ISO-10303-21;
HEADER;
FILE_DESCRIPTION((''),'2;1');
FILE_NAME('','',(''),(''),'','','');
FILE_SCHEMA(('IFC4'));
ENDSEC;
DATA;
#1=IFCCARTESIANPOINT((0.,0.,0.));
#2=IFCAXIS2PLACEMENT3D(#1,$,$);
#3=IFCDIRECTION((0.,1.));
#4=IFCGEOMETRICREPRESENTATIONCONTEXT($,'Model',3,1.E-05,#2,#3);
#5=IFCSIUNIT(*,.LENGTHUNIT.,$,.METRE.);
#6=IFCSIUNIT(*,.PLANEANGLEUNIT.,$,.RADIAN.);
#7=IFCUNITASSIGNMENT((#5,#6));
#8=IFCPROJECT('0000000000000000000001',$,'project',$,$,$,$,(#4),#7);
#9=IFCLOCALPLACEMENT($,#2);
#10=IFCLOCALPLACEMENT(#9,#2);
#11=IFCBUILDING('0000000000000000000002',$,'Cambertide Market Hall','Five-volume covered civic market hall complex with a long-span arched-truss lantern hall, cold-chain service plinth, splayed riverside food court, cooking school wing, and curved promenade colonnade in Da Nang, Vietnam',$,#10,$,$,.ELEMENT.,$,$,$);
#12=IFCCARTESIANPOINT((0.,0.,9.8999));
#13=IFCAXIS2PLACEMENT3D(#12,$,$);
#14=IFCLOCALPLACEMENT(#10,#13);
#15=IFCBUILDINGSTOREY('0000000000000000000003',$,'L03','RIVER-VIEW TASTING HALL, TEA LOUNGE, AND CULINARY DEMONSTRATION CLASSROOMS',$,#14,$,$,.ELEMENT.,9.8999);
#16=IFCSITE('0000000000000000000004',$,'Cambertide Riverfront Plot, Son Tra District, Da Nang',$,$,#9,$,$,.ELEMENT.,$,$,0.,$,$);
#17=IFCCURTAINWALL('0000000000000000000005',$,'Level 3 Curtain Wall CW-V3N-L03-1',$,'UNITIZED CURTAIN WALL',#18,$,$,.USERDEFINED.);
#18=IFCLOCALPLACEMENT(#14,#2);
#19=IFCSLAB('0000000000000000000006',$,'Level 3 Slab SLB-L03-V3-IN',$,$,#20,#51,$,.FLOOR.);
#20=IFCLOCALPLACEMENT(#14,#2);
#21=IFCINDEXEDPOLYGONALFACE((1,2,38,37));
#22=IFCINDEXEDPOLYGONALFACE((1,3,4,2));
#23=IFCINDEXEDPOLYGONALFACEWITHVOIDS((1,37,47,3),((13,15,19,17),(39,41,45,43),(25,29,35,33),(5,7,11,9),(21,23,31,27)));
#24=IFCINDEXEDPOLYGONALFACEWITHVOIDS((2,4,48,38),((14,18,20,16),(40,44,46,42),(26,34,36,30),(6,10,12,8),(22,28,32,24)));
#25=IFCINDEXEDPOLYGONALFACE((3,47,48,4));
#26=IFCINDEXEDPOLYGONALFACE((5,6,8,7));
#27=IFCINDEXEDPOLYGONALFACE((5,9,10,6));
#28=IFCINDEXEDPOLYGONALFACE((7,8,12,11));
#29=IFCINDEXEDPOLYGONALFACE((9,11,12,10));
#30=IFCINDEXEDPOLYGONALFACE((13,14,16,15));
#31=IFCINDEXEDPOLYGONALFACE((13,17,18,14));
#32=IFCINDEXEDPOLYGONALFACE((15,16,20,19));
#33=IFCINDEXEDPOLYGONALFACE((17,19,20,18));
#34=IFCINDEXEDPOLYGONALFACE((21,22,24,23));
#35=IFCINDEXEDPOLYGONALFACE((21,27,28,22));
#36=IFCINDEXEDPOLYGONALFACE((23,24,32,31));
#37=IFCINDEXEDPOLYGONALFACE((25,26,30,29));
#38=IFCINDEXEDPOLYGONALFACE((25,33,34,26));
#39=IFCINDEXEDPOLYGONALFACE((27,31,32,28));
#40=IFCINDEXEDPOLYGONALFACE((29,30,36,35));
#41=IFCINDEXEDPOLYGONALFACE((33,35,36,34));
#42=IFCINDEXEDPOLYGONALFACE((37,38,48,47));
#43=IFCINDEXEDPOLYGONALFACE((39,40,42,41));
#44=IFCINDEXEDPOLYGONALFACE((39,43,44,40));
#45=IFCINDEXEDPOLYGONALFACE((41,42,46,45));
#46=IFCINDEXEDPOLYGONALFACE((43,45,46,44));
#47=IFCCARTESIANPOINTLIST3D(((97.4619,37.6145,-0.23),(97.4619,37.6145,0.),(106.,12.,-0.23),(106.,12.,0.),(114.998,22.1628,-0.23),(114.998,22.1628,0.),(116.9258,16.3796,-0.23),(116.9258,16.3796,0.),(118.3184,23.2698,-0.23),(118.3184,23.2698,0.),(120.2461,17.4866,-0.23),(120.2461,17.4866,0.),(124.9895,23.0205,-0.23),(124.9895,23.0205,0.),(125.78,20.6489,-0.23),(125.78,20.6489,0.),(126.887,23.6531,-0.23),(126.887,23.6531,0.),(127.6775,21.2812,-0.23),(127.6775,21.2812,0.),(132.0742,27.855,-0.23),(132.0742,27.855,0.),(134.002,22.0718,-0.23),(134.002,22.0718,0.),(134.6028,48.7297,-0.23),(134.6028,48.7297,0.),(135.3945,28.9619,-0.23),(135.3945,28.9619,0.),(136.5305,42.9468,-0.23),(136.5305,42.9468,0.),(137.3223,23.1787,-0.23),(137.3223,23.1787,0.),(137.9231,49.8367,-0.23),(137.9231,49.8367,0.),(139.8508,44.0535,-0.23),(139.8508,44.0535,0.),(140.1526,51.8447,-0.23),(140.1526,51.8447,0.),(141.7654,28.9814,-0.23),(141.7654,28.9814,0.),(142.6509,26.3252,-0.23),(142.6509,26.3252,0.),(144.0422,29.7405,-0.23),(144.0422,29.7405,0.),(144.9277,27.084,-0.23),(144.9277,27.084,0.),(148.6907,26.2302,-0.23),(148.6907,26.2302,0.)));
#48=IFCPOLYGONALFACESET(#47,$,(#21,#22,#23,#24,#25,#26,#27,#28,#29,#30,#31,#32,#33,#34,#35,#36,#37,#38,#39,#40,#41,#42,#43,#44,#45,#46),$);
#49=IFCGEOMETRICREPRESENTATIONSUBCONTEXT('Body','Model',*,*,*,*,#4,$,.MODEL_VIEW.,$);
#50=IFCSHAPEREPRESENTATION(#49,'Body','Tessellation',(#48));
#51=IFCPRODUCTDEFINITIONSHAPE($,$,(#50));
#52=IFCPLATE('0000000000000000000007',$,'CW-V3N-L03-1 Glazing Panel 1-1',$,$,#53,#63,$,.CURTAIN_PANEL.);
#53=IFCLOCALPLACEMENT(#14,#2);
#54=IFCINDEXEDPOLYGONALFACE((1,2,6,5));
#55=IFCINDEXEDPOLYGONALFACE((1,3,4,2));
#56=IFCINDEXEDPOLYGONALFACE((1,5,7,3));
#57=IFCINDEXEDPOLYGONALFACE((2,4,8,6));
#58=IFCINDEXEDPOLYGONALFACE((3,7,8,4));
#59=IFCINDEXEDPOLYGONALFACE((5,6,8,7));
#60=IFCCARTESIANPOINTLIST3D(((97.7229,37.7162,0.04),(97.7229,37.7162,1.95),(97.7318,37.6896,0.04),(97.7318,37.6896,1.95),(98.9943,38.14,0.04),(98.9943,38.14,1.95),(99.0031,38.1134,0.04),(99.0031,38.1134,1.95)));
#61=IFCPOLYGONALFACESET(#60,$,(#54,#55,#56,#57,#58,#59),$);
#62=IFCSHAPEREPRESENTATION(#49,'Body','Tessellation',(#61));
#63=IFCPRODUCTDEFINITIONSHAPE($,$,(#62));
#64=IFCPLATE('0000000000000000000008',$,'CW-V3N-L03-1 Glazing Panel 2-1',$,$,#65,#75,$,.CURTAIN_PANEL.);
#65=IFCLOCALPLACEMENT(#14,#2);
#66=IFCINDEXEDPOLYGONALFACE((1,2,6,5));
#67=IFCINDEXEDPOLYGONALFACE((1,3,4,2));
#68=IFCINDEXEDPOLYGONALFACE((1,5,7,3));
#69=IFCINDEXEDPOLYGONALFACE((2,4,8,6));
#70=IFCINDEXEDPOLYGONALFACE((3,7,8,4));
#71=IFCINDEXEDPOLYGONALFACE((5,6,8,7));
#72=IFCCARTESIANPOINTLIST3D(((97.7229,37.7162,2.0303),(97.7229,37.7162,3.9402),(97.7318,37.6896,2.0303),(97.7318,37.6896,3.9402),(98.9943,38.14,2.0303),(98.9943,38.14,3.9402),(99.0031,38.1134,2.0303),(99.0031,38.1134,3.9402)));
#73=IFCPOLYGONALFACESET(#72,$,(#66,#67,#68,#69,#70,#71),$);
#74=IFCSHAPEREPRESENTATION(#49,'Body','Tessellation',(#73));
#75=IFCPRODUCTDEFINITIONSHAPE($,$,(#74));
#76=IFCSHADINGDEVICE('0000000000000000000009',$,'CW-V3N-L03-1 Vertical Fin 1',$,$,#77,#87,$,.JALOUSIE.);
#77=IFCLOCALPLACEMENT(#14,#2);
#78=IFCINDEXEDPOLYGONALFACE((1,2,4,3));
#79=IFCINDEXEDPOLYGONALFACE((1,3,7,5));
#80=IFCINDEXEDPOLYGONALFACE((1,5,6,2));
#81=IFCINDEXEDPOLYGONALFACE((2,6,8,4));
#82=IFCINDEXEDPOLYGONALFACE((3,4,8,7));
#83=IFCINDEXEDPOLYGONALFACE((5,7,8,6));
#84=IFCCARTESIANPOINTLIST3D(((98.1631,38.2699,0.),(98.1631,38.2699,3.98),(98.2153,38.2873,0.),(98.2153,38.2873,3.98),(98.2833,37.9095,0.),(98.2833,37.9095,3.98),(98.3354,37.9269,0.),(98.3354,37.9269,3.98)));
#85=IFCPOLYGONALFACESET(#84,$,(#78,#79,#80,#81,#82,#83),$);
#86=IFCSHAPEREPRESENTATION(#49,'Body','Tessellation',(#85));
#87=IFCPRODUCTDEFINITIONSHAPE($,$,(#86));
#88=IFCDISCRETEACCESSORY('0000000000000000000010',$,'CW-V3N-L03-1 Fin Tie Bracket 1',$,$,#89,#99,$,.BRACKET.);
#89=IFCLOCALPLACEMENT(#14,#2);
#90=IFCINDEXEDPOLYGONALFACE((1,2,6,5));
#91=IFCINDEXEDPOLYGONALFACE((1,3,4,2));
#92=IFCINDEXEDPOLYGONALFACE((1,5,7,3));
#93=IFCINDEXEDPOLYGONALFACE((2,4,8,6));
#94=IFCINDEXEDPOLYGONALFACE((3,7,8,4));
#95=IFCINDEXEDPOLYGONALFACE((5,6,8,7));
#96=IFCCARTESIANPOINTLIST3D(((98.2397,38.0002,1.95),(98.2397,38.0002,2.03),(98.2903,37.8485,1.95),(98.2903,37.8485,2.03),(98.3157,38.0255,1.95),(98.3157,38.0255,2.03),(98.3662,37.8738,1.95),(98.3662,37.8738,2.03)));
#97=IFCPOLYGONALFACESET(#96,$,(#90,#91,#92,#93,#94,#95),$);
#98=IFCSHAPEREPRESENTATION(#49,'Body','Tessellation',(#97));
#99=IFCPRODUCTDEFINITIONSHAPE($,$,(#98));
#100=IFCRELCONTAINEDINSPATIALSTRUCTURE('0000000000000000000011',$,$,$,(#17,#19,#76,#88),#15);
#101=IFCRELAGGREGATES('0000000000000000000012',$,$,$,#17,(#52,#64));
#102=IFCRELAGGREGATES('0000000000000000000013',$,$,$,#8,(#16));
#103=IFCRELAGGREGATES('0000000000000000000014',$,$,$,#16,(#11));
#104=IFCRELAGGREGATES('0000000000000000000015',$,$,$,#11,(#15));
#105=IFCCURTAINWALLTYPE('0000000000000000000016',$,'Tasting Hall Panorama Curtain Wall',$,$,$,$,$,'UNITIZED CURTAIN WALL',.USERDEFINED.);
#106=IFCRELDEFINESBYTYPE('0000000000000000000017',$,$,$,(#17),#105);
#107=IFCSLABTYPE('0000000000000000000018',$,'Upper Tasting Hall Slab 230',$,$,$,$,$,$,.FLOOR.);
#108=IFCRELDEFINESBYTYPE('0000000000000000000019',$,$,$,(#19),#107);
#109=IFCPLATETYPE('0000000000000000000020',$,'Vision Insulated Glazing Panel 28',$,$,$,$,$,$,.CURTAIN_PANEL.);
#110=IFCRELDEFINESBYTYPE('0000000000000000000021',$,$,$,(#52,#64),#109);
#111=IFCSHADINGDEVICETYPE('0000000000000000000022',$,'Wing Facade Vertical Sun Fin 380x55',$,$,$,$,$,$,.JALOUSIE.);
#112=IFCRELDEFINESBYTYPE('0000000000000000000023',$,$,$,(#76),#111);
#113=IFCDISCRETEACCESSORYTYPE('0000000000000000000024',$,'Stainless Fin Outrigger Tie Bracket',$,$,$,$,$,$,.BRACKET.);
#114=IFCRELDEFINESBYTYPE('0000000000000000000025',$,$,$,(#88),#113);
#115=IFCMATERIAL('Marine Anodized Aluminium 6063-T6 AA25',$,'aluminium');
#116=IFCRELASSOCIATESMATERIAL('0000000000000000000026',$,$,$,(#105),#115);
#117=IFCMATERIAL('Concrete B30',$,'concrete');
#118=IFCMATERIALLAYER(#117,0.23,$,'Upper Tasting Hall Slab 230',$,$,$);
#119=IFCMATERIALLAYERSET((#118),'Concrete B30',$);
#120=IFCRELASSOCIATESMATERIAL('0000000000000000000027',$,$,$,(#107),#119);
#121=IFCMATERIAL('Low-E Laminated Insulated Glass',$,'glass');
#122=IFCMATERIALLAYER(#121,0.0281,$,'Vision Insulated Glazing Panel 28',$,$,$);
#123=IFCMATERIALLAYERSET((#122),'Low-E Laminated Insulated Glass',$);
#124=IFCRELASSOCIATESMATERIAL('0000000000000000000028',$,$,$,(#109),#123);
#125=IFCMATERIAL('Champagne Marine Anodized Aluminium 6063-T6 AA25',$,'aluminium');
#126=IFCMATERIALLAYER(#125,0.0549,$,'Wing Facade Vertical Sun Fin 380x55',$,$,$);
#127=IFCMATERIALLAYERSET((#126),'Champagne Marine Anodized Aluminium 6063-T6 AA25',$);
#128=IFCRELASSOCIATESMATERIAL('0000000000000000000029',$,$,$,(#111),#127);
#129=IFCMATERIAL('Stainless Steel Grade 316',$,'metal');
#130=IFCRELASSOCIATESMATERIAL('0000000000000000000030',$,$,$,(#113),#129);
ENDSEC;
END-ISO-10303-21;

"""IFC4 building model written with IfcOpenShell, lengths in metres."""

from ifc_helpers import new_model, si_unit, direction, frame, origin, origin_2d, place, context, subcontext, project, spatial, polyline, rectangle, outline, extrude, material, layer, layer_set, type_object, element, aggregate, save


model = new_model("IFC4")

# Units and contexts
model_context = context("Model", 3, precision=1e-05, world=origin(), true_north=direction((0.0, 1.0)))
body_context = subcontext(model_context, "Body", "Model", "MODEL_VIEW")
ifc_project = project(units=[si_unit("LENGTHUNIT", "METRE"), si_unit("PLANEANGLEUNIT", "RADIAN")], contexts=[model_context])

# Site, building, storey
site_placement = place(None, origin())
site = spatial("IfcSite", under=ifc_project, at=site_placement, Name="Cambertide Riverfront Plot, Son Tra District, Da Nang", CompositionType="ELEMENT", RefElevation=0.0)
building_placement = place(site_placement, origin())
building = spatial("IfcBuilding", under=site, at=building_placement, Name="Cambertide Market Hall", Description="Five-volume covered civic market hall complex with a long-span arched-truss lantern hall, cold-chain service plinth, splayed riverside food court, cooking school wing, and curved promenade colonnade in Da Nang, Vietnam", CompositionType="ELEMENT")
storey_placement = place(building_placement, frame((0.0, 0.0, 9.8999)))
storey = spatial("IfcBuildingStorey", under=building, at=storey_placement, Name="L03", Description="RIVER-VIEW TASTING HALL, TEA LOUNGE, AND CULINARY DEMONSTRATION CLASSROOMS", CompositionType="ELEMENT", Elevation=9.8999)

# Curtain wall
ifc_material_1 = material(Name="Marine Anodized Aluminium 6063-T6 AA25", Category="aluminium")
curtain_wall_type = type_object("IfcCurtainWallType", Name="Tasting Hall Panorama Curtain Wall", ElementType="UNITIZED CURTAIN WALL", PredefinedType="USERDEFINED", material=ifc_material_1)
curtain_wall_placement = place(storey_placement, origin())
curtain_wall = element("IfcCurtainWall", 1, at=curtain_wall_placement, inside=storey, type_object=curtain_wall_type, Name="Level 3 Curtain Wall CW-V3N-L03-1", ObjectType="UNITIZED CURTAIN WALL", PredefinedType="USERDEFINED")

# Slab
ifc_material_2 = material(Name="Concrete B30", Category="concrete")
ifc_layer_1 = layer(ifc_material_2, 0.23, Name="Upper Tasting Hall Slab 230")
ifc_layer_set_1 = layer_set([ifc_layer_1], Name="Concrete B30")
slab_type_1 = type_object("IfcSlabType", Name="Upper Tasting Hall Slab 230", PredefinedType="FLOOR", material=ifc_layer_set_1)
slab_1_placement = place(storey_placement, frame((0.0, 0.0, -0.23)))
element("IfcSlab", 2, at=slab_1_placement, inside=storey, type_object=slab_type_1, Name="Level 3 Slab SLB-L03-V3-IN", PredefinedType="FLOOR", context=body_context, shape_type="SweptSolid", body=[
    extrude(outline(polyline([(106.0, 12.0), (148.6907, 26.2302), (140.1526, 51.8447), (97.4619, 37.6145), (106.0, 12.0)]), holes=[polyline([(118.3184, 23.2698), (120.2461, 17.4866), (116.9258, 16.3796), (114.998, 22.1628), (118.3184, 23.2698)]), polyline([(135.3945, 28.9619), (137.3223, 23.1787), (134.002, 22.0718), (132.0742, 27.855), (135.3945, 28.9619)]), polyline([(136.5305, 42.9468), (134.6028, 48.7297), (137.9231, 49.8367), (139.8508, 44.0535), (136.5305, 42.9468)]), polyline([(124.9895, 23.0205), (126.887, 23.6531), (127.6775, 21.2812), (125.78, 20.6489), (124.9895, 23.0205)]), polyline([(141.7654, 28.9814), (144.0422, 29.7405), (144.9277, 27.084), (142.6509, 26.3252), (141.7654, 28.9814)])]), origin(), (0.0, 0.0, 1.0), 0.23),
])

# Plates
ifc_material_3 = material(Name="Low-E Laminated Insulated Glass", Category="glass")
ifc_layer_2 = layer(ifc_material_3, 0.0281, Name="Vision Insulated Glazing Panel 28")
ifc_layer_set_2 = layer_set([ifc_layer_2], Name="Low-E Laminated Insulated Glass")
plate_type = type_object("IfcPlateType", Name="Vision Insulated Glazing Panel 28", PredefinedType="CURTAIN_PANEL", material=ifc_layer_set_2)
plate_1_placement = place(storey_placement, frame((98.363, 37.9148, 0.04), z_axis=(0.0, 0.0, 1.0), x_axis=(0.948683, 0.316228, 0.0)))
plate_1 = element("IfcPlate", 3, at=plate_1_placement, type_object=plate_type, Name="CW-V3N-L03-1 Glazing Panel 1-1", PredefinedType="CURTAIN_PANEL", context=body_context, shape_type="SweptSolid", body=[
    extrude(rectangle(XDim=1.3401, YDim=0.0281, at=origin_2d()), origin(), (0.0, 0.0, 1.0), 1.9099),
])
plate_2_placement = place(storey_placement, frame((98.363, 37.9148, 2.0303), z_axis=(0.0, 0.0, 1.0), x_axis=(0.948683, 0.316228, 0.0)))
plate_2 = element("IfcPlate", 4, at=plate_2_placement, type_object=plate_type, Name="CW-V3N-L03-1 Glazing Panel 2-1", PredefinedType="CURTAIN_PANEL", context=body_context, shape_type="SweptSolid", body=[
    extrude(rectangle(XDim=1.3401, YDim=0.0281, at=origin_2d()), origin(), (0.0, 0.0, 1.0), 1.9099),
])
aggregate(curtain_wall, [plate_1, plate_2])

# Shading device
ifc_material_4 = material(Name="Champagne Marine Anodized Aluminium 6063-T6 AA25", Category="aluminium")
ifc_layer_3 = layer(ifc_material_4, 0.0549, Name="Wing Facade Vertical Sun Fin 380x55")
ifc_layer_set_3 = layer_set([ifc_layer_3], Name="Champagne Marine Anodized Aluminium 6063-T6 AA25")
shading_device_type = type_object("IfcShadingDeviceType", Name="Wing Facade Vertical Sun Fin 380x55", PredefinedType="JALOUSIE", material=ifc_layer_set_3)
shading_device_placement = place(storey_placement, frame((98.2493, 38.0984, 0.0), z_axis=(0.0, 0.0, 1.0), x_axis=(0.948683, 0.316228, 0.0)))
element("IfcShadingDevice", 5, at=shading_device_placement, inside=storey, type_object=shading_device_type, Name="CW-V3N-L03-1 Vertical Fin 1", PredefinedType="JALOUSIE", context=body_context, shape_type="SweptSolid", body=[
    extrude(rectangle(XDim=0.0549, YDim=0.3799, at=origin_2d()), origin(), (0.0, 0.0, 1.0), 3.98),
])

# Discrete accessory
ifc_material_5 = material(Name="Stainless Steel Grade 316", Category="metal")
discrete_accessory_type = type_object("IfcDiscreteAccessoryType", Name="Stainless Fin Outrigger Tie Bracket", PredefinedType="BRACKET", material=ifc_material_5)
discrete_accessory_placement = place(storey_placement, frame((98.303, 37.937, 1.95), z_axis=(0.0, 0.0, 1.0), x_axis=(0.948683, 0.316228, 0.0)))
element("IfcDiscreteAccessory", 6, at=discrete_accessory_placement, inside=storey, type_object=discrete_accessory_type, Name="CW-V3N-L03-1 Fin Tie Bracket 1", PredefinedType="BRACKET", context=body_context, shape_type="SweptSolid", body=[
    extrude(rectangle(XDim=0.0801, YDim=0.1599, at=origin_2d()), origin(), (0.0, 0.0, 1.0), 0.0801),
])

save(model, "model.ifc")
